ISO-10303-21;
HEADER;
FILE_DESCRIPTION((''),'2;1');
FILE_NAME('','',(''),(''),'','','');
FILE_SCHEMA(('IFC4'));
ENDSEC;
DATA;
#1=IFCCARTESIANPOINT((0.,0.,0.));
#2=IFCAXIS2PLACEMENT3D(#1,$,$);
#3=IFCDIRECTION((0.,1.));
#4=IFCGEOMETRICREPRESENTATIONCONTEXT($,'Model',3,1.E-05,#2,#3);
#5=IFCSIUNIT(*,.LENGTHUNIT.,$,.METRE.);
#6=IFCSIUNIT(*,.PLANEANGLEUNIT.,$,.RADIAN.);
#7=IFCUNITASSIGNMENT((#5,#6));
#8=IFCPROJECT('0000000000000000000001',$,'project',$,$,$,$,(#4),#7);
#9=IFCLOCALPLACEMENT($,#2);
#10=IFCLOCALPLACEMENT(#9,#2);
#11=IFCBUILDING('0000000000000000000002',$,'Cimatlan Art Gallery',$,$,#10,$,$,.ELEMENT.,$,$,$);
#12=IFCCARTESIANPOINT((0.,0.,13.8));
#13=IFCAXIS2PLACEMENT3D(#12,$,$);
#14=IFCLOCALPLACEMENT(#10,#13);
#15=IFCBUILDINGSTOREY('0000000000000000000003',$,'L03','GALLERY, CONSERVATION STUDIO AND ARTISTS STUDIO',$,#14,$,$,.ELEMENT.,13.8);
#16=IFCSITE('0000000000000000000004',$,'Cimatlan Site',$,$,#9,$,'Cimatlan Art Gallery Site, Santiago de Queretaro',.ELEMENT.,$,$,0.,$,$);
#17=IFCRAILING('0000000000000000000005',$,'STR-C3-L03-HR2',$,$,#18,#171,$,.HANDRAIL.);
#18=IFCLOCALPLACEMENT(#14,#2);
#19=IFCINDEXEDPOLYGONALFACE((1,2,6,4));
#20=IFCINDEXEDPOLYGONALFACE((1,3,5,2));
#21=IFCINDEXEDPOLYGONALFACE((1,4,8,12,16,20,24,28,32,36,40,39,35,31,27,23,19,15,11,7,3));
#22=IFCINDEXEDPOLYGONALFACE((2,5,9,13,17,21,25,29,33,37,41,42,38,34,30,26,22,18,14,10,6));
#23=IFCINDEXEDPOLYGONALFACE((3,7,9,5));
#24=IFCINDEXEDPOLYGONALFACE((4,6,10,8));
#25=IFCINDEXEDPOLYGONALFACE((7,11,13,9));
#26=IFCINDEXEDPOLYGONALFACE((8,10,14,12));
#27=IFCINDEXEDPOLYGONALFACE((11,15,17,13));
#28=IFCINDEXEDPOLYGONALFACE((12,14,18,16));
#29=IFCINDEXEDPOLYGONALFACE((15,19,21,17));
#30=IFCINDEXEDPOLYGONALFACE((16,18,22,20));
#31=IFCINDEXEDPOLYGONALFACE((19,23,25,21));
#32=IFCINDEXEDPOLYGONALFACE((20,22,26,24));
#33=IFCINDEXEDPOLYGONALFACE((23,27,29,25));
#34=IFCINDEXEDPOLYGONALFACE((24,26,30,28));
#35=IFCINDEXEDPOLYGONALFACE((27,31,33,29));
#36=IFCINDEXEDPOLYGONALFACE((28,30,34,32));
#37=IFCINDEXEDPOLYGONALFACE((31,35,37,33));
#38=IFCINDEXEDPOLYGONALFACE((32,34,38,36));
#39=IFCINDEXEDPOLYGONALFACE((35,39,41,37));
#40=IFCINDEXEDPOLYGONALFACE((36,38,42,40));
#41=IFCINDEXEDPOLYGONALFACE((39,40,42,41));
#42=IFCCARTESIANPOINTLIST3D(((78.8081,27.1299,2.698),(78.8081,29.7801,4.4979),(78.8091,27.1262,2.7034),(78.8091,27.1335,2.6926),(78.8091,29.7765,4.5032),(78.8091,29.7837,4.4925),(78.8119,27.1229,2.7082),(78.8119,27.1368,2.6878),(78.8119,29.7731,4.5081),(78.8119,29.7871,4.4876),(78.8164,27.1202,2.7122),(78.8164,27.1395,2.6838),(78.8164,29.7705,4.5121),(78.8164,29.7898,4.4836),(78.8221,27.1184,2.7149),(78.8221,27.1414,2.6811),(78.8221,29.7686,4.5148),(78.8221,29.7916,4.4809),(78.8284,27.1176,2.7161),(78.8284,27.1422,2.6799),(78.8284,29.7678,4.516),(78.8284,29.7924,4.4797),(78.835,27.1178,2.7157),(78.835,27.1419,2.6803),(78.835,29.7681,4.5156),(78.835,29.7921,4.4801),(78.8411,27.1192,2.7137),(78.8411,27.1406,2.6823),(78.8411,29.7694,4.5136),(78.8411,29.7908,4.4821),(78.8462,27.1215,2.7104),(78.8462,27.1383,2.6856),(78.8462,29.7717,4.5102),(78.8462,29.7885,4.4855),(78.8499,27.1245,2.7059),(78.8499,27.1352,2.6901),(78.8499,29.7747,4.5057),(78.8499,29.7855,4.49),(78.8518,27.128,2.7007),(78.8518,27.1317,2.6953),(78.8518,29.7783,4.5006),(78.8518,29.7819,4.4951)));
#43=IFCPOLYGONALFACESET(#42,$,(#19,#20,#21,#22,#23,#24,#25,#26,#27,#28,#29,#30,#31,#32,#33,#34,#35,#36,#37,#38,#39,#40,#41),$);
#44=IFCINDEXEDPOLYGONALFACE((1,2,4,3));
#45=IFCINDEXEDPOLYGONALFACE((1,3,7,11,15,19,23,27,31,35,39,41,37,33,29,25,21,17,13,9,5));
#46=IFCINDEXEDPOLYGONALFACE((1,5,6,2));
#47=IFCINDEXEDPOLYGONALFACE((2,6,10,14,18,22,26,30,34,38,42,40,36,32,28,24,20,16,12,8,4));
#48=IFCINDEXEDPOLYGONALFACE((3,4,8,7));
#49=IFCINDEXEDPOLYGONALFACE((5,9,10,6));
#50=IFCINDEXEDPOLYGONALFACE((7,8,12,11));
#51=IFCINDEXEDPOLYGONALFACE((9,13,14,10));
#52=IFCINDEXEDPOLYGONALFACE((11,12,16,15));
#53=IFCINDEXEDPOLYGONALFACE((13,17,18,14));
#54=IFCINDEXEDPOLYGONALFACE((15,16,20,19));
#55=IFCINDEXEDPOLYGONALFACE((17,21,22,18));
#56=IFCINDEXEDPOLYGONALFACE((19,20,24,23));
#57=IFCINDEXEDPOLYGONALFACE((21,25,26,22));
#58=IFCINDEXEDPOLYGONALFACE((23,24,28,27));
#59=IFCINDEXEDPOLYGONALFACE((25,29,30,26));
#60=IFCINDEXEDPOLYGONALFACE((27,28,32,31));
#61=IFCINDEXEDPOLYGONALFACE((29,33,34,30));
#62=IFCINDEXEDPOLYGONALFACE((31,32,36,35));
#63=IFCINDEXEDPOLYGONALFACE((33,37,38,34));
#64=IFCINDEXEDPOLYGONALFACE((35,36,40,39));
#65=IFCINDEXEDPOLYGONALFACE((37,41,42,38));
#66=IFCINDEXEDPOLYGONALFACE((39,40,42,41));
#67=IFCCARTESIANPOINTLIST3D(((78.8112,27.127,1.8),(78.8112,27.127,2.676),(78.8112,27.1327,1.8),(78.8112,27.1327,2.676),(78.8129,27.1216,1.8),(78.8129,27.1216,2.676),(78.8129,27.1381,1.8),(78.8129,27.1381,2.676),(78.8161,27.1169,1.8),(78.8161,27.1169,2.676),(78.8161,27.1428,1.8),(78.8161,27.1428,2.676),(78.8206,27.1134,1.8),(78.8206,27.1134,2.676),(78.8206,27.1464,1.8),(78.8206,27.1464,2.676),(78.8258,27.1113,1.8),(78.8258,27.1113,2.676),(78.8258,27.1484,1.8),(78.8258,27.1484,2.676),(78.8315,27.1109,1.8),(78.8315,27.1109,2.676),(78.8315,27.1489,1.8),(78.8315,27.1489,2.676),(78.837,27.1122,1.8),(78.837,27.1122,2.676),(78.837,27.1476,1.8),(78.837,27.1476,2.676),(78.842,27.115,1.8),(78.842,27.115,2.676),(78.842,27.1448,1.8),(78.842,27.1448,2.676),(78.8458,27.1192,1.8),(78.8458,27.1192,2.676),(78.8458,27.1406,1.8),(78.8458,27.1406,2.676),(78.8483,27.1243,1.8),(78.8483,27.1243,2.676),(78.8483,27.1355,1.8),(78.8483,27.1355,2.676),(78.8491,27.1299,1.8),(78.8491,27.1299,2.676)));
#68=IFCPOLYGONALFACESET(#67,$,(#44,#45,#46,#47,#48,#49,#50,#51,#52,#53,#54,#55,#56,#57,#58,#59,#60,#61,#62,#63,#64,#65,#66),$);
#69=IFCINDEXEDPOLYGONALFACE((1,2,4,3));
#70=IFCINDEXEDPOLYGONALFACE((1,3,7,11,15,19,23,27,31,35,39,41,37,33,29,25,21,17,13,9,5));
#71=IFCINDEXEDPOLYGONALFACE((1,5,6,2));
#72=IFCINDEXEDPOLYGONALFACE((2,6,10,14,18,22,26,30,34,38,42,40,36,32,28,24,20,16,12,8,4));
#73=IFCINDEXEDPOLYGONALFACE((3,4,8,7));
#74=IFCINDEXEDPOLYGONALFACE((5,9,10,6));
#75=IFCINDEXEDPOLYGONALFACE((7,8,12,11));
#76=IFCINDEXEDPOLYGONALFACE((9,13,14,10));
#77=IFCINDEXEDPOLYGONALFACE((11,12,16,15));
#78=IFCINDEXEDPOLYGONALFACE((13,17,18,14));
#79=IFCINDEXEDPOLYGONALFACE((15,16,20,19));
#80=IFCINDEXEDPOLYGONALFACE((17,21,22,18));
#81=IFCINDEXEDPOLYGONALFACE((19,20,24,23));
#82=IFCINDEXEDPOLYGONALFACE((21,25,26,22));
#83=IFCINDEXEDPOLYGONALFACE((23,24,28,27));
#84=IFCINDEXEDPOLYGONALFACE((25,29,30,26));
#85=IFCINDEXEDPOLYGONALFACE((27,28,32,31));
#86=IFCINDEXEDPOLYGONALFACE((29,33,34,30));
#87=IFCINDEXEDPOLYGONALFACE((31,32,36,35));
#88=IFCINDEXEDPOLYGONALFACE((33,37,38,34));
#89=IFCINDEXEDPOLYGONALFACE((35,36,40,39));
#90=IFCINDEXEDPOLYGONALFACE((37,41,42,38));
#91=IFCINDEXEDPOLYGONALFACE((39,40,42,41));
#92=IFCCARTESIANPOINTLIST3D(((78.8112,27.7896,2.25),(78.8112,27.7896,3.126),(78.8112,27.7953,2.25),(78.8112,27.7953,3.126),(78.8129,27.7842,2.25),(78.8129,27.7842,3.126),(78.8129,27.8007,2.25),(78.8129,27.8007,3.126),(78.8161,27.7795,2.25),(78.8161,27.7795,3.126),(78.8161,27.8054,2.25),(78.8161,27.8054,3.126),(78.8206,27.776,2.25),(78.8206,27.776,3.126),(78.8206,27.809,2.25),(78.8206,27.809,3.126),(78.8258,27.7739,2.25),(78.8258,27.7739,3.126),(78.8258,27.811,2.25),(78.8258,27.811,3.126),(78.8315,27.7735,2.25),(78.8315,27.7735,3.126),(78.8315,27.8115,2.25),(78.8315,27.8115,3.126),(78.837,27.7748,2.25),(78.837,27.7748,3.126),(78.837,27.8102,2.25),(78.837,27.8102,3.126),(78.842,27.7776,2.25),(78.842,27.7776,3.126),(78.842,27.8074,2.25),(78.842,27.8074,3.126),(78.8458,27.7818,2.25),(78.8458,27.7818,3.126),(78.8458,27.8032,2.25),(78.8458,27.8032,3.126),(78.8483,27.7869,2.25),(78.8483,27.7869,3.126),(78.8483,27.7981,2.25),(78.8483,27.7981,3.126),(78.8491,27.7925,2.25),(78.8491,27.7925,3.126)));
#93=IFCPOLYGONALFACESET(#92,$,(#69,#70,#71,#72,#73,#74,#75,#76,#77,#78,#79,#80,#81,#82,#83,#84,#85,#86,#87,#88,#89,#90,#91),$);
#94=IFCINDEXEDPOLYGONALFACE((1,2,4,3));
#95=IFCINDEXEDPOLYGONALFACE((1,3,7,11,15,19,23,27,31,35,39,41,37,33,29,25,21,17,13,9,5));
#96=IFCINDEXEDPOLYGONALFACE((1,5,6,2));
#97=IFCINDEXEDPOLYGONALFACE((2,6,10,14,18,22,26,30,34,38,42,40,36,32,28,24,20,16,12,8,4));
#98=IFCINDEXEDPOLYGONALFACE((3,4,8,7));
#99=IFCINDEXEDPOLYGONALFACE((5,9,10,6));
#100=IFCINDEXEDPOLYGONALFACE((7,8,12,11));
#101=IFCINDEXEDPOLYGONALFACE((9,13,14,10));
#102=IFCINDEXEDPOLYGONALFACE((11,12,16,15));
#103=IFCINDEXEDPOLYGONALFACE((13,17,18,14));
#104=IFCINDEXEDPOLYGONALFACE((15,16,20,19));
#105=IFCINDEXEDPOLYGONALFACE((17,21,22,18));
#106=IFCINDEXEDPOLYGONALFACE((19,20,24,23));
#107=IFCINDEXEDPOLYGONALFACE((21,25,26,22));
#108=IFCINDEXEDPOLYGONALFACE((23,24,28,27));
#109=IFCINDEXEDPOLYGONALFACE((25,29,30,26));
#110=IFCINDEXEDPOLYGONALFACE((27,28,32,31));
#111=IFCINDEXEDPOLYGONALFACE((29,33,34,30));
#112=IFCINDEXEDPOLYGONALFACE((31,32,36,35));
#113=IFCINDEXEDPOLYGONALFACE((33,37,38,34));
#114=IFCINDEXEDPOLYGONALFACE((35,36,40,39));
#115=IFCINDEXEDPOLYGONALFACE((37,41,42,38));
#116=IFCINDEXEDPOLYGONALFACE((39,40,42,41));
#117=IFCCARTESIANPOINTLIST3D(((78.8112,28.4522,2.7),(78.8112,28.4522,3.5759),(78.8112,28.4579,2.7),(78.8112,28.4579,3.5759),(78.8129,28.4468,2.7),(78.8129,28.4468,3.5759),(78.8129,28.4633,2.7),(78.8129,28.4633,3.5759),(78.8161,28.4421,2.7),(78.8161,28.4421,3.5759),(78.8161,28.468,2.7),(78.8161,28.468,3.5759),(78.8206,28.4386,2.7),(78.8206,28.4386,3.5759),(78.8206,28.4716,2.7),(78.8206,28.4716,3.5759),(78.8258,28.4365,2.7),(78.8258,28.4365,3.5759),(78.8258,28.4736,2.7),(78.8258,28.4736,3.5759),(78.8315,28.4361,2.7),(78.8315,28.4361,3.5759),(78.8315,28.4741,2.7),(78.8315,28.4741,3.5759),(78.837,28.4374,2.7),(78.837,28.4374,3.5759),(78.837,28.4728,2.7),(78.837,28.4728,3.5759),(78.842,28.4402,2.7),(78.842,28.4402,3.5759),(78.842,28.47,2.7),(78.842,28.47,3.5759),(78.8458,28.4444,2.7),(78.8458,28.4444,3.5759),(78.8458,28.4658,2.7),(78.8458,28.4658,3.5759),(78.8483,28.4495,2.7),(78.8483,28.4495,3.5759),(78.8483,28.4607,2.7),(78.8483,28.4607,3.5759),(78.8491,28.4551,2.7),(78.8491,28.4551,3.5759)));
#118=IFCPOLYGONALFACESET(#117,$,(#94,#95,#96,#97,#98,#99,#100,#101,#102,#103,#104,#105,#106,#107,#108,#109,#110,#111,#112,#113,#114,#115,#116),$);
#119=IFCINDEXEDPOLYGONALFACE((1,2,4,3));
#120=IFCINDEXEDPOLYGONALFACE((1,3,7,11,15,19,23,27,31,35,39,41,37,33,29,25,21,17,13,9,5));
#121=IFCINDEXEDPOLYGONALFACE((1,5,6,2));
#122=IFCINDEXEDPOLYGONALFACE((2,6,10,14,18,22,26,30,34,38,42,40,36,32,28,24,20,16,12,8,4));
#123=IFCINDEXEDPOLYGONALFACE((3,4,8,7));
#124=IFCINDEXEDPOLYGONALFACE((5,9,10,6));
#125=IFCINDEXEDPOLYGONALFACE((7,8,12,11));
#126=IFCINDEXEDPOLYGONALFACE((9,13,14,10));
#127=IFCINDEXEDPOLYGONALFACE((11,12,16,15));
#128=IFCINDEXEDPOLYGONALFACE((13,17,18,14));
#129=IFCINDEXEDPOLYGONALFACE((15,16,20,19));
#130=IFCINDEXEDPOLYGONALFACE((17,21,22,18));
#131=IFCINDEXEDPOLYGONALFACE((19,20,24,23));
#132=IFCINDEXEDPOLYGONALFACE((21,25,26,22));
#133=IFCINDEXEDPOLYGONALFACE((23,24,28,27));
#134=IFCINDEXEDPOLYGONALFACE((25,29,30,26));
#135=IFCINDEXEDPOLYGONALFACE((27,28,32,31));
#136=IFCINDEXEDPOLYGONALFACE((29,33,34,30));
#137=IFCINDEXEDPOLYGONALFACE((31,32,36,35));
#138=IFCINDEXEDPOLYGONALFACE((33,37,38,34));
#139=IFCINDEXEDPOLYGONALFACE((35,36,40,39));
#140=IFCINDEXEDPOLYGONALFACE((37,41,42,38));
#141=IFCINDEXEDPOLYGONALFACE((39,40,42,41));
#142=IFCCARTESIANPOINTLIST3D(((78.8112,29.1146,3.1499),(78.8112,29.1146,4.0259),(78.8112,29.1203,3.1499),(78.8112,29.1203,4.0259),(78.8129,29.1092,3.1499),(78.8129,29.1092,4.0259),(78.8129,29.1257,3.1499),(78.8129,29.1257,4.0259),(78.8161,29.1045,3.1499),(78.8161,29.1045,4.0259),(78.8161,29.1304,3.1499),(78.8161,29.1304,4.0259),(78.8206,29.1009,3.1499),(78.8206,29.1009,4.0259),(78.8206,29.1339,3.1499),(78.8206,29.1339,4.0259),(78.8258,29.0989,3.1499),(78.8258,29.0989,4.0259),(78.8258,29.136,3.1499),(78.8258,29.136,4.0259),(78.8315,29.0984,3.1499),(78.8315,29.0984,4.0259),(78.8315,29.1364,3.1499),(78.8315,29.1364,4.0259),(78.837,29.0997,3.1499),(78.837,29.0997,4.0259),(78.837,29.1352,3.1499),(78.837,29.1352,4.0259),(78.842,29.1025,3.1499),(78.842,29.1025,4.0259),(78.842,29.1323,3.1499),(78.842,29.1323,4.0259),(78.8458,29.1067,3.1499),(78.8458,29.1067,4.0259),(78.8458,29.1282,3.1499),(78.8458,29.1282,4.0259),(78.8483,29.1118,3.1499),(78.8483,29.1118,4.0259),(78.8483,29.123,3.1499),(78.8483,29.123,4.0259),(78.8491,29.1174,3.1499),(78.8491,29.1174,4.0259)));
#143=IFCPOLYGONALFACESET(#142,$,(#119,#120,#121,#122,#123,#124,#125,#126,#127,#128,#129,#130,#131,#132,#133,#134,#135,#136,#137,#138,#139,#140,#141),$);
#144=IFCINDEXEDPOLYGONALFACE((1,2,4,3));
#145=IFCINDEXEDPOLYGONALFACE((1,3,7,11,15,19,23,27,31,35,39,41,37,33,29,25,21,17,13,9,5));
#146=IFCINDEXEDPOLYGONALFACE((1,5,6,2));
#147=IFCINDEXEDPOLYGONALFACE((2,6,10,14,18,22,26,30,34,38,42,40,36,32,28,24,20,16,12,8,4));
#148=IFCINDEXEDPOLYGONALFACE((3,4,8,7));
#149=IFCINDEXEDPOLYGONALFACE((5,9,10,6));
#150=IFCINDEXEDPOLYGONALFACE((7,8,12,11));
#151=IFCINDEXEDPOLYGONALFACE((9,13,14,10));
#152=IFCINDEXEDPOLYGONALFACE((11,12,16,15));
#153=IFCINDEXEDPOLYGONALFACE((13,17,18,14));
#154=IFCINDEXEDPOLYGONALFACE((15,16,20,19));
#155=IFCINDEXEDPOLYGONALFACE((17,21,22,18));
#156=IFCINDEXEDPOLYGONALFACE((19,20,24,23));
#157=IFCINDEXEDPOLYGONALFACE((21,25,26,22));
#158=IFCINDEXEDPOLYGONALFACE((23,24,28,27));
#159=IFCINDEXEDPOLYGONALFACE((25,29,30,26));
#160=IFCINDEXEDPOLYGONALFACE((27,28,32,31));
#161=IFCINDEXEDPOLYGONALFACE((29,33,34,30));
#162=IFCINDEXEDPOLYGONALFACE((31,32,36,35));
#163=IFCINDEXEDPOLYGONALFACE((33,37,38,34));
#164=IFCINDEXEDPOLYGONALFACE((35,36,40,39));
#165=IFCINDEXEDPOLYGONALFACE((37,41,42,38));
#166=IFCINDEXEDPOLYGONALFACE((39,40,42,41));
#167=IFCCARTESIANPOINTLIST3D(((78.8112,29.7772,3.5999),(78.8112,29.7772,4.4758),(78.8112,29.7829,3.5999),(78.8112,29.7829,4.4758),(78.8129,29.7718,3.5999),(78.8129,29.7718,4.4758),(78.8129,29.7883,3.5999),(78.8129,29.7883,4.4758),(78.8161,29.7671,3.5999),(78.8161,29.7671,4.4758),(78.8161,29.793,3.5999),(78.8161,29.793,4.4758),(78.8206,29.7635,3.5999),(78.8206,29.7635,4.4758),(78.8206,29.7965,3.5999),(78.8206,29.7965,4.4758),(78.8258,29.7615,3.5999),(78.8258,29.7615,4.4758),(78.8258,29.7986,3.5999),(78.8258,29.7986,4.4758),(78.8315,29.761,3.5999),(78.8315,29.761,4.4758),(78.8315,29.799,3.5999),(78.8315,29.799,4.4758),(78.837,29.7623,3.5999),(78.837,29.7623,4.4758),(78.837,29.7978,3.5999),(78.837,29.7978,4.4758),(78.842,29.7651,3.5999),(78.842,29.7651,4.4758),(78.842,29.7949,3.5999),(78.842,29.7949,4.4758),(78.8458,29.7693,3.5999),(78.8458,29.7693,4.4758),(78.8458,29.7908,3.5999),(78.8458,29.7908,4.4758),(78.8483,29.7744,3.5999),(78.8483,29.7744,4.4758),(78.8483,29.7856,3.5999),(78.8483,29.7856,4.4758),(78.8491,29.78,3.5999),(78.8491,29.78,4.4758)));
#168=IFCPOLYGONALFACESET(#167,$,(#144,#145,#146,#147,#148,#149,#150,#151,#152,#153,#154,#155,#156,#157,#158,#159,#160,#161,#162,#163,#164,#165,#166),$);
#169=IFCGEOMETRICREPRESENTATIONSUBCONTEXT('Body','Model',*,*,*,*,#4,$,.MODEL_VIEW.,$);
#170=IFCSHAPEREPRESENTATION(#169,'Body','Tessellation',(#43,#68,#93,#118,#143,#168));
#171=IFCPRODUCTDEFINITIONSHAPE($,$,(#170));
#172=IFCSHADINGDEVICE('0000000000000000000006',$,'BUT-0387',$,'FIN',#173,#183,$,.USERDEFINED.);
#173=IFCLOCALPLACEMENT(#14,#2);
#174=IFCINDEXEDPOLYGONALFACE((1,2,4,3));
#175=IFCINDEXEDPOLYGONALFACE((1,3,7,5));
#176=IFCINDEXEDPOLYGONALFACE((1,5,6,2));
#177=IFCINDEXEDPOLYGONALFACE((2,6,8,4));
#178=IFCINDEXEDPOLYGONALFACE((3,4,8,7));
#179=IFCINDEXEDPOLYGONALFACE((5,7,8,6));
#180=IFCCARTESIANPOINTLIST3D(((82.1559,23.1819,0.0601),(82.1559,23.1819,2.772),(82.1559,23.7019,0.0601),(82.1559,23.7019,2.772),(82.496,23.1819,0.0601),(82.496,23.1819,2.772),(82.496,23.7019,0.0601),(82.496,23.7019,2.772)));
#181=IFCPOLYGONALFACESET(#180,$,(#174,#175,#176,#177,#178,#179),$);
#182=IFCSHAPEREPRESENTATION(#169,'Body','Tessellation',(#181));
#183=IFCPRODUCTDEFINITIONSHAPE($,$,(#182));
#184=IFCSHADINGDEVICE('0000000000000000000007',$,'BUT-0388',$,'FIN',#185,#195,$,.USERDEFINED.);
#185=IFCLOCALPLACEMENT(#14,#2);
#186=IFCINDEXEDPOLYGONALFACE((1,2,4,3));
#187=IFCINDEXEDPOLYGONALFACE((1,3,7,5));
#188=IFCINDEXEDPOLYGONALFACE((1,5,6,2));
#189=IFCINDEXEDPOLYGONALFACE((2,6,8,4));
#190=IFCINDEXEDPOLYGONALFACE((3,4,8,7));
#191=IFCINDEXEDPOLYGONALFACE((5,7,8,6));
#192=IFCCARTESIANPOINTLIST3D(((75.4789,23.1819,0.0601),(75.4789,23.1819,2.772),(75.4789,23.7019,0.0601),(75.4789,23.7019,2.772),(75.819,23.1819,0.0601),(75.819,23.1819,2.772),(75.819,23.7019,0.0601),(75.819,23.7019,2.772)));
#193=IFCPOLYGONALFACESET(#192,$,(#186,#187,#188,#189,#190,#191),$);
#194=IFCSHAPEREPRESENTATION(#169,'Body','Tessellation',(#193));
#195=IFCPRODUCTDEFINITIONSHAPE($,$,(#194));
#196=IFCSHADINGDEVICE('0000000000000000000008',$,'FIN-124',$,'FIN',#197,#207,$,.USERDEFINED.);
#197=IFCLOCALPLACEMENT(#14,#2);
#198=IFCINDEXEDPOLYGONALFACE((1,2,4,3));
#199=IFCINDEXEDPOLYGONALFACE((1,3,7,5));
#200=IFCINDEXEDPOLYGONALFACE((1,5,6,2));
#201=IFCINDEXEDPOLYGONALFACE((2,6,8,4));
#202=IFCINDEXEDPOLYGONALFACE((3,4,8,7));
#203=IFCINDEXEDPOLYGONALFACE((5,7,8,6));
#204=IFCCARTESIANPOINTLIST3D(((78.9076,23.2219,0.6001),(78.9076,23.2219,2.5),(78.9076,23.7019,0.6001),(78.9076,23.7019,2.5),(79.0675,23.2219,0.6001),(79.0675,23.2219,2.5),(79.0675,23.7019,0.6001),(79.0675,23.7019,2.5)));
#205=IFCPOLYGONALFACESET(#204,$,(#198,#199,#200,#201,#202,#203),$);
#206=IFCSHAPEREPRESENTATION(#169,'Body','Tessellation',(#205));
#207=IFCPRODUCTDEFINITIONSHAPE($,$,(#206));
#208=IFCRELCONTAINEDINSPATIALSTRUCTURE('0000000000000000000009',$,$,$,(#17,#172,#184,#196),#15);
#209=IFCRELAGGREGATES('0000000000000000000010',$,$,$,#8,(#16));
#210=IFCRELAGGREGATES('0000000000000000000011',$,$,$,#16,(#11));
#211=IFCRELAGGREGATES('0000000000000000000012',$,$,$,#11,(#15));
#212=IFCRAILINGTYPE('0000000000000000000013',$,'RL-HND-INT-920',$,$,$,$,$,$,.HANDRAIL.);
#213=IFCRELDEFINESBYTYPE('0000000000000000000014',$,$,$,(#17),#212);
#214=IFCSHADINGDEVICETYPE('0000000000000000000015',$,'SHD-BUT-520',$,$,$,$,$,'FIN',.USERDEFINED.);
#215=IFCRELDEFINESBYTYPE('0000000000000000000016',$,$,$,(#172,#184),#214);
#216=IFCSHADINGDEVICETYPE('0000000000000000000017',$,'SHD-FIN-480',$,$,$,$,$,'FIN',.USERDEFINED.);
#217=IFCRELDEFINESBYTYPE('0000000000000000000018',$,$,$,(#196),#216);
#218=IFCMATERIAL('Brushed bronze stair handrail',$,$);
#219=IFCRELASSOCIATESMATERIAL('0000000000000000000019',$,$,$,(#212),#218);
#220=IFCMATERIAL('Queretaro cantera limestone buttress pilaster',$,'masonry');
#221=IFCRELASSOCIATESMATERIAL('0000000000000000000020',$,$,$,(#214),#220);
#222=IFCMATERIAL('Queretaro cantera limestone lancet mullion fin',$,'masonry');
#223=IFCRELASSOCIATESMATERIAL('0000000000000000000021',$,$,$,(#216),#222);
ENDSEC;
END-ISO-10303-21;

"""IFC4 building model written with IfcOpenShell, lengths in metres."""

from ifc_helpers import new_model, si_unit, direction, frame, origin, origin_2d, place, context, subcontext, project, spatial, rectangle, circle, extrude, material, type_object, element, save


model = new_model("IFC4")

# Units and contexts
model_context = context("Model", 3, precision=1e-05, world=origin(), true_north=direction((0.0, 1.0)))
body_context = subcontext(model_context, "Body", "Model", "MODEL_VIEW")
ifc_project = project(units=[si_unit("LENGTHUNIT", "METRE"), si_unit("PLANEANGLEUNIT", "RADIAN")], contexts=[model_context])

# Site, building, storey
site_placement = place(None, origin())
site = spatial("IfcSite", under=ifc_project, at=site_placement, Name="Cimatlan Site", LongName="Cimatlan Art Gallery Site, Santiago de Queretaro", CompositionType="ELEMENT", RefElevation=0.0)
building_placement = place(site_placement, origin())
building = spatial("IfcBuilding", under=site, at=building_placement, Name="Cimatlan Art Gallery", CompositionType="ELEMENT")
storey_placement = place(building_placement, frame((0.0, 0.0, 13.8)))
storey = spatial("IfcBuildingStorey", under=building, at=storey_placement, Name="L03", Description="GALLERY, CONSERVATION STUDIO AND ARTISTS STUDIO", CompositionType="ELEMENT", Elevation=13.8)

# Railing
ifc_material_1 = material(Name="Brushed bronze stair handrail")
railing_type_1 = type_object("IfcRailingType", Name="RL-HND-INT-920", PredefinedType="HANDRAIL", material=ifc_material_1)
railing_1_placement = place(storey_placement, frame((78.8301, 27.1299, 1.8)))
element("IfcRailing", 1, at=railing_1_placement, inside=storey, type_object=railing_type_1, Name="STR-C3-L03-HR2", PredefinedType="HANDRAIL", context=body_context, shape_type="SweptSolid", body=[
    extrude(circle(Radius=0.022, at=origin_2d()), frame((0.0, 0.0, 0.8979), z_axis=(0.0, 0.827259, 0.56182), x_axis=(-1.0, 0.0, 0.0)), (0.0, 0.0, 1.0), 3.2036),
    extrude(circle(Radius=0.019, at=origin_2d()), origin(), (0.0, 0.0, 1.0), 0.876),
    extrude(circle(Radius=0.019, at=origin_2d()), frame((0.0, 0.6626, 0.45)), (0.0, 0.0, 1.0), 0.876),
    extrude(circle(Radius=0.019, at=origin_2d()), frame((0.0, 1.3252, 0.8999)), (0.0, 0.0, 1.0), 0.876),
    extrude(circle(Radius=0.019, at=origin_2d()), frame((0.0, 1.9875, 1.3499)), (0.0, 0.0, 1.0), 0.876),
    extrude(circle(Radius=0.019, at=origin_2d()), frame((0.0, 2.6501, 1.7998)), (0.0, 0.0, 1.0), 0.876),
])

# Shading devices
ifc_material_2 = material(Name="Queretaro cantera limestone buttress pilaster", Category="masonry")
shading_device_type_1 = type_object("IfcShadingDeviceType", Name="SHD-BUT-520", ElementType="FIN", PredefinedType="USERDEFINED", material=ifc_material_2)
for number, where, z_axis, x_axis, name in (
    (2, (82.3259, 23.4419, 0.0601), (0.0, 0.0, 1.0), (-1.0, 0.0, 0.0), "BUT-0387"),
    (3, (75.6489, 23.4419, 0.0601), (0.0, 0.0, 1.0), (-1.0, 0.0, 0.0), "BUT-0388"),
):
    element("IfcShadingDevice", number, at=place(storey_placement, frame(where, z_axis=z_axis, x_axis=x_axis)), inside=storey, type_object=shading_device_type_1, Name=name, ObjectType="FIN", PredefinedType="USERDEFINED", context=body_context, shape_type="SweptSolid", body=[
        extrude(rectangle(XDim=0.3401, YDim=0.52, at=origin_2d()), origin(), (0.0, 0.0, 1.0), 2.7119),
    ])
ifc_material_3 = material(Name="Queretaro cantera limestone lancet mullion fin", Category="masonry")
shading_device_type_2 = type_object("IfcShadingDeviceType", Name="SHD-FIN-480", ElementType="FIN", PredefinedType="USERDEFINED", material=ifc_material_3)
shading_device_placement = place(storey_placement, frame((78.9875, 23.4619, 0.6001), z_axis=(0.0, 0.0, 1.0), x_axis=(-1.0, 0.0, 0.0)))
element("IfcShadingDevice", 4, at=shading_device_placement, inside=storey, type_object=shading_device_type_2, Name="FIN-124", ObjectType="FIN", PredefinedType="USERDEFINED", context=body_context, shape_type="SweptSolid", body=[
    extrude(rectangle(XDim=0.1599, YDim=0.48, at=origin_2d()), origin(), (0.0, 0.0, 1.0), 1.8999),
])

save(model, "model.ifc")
